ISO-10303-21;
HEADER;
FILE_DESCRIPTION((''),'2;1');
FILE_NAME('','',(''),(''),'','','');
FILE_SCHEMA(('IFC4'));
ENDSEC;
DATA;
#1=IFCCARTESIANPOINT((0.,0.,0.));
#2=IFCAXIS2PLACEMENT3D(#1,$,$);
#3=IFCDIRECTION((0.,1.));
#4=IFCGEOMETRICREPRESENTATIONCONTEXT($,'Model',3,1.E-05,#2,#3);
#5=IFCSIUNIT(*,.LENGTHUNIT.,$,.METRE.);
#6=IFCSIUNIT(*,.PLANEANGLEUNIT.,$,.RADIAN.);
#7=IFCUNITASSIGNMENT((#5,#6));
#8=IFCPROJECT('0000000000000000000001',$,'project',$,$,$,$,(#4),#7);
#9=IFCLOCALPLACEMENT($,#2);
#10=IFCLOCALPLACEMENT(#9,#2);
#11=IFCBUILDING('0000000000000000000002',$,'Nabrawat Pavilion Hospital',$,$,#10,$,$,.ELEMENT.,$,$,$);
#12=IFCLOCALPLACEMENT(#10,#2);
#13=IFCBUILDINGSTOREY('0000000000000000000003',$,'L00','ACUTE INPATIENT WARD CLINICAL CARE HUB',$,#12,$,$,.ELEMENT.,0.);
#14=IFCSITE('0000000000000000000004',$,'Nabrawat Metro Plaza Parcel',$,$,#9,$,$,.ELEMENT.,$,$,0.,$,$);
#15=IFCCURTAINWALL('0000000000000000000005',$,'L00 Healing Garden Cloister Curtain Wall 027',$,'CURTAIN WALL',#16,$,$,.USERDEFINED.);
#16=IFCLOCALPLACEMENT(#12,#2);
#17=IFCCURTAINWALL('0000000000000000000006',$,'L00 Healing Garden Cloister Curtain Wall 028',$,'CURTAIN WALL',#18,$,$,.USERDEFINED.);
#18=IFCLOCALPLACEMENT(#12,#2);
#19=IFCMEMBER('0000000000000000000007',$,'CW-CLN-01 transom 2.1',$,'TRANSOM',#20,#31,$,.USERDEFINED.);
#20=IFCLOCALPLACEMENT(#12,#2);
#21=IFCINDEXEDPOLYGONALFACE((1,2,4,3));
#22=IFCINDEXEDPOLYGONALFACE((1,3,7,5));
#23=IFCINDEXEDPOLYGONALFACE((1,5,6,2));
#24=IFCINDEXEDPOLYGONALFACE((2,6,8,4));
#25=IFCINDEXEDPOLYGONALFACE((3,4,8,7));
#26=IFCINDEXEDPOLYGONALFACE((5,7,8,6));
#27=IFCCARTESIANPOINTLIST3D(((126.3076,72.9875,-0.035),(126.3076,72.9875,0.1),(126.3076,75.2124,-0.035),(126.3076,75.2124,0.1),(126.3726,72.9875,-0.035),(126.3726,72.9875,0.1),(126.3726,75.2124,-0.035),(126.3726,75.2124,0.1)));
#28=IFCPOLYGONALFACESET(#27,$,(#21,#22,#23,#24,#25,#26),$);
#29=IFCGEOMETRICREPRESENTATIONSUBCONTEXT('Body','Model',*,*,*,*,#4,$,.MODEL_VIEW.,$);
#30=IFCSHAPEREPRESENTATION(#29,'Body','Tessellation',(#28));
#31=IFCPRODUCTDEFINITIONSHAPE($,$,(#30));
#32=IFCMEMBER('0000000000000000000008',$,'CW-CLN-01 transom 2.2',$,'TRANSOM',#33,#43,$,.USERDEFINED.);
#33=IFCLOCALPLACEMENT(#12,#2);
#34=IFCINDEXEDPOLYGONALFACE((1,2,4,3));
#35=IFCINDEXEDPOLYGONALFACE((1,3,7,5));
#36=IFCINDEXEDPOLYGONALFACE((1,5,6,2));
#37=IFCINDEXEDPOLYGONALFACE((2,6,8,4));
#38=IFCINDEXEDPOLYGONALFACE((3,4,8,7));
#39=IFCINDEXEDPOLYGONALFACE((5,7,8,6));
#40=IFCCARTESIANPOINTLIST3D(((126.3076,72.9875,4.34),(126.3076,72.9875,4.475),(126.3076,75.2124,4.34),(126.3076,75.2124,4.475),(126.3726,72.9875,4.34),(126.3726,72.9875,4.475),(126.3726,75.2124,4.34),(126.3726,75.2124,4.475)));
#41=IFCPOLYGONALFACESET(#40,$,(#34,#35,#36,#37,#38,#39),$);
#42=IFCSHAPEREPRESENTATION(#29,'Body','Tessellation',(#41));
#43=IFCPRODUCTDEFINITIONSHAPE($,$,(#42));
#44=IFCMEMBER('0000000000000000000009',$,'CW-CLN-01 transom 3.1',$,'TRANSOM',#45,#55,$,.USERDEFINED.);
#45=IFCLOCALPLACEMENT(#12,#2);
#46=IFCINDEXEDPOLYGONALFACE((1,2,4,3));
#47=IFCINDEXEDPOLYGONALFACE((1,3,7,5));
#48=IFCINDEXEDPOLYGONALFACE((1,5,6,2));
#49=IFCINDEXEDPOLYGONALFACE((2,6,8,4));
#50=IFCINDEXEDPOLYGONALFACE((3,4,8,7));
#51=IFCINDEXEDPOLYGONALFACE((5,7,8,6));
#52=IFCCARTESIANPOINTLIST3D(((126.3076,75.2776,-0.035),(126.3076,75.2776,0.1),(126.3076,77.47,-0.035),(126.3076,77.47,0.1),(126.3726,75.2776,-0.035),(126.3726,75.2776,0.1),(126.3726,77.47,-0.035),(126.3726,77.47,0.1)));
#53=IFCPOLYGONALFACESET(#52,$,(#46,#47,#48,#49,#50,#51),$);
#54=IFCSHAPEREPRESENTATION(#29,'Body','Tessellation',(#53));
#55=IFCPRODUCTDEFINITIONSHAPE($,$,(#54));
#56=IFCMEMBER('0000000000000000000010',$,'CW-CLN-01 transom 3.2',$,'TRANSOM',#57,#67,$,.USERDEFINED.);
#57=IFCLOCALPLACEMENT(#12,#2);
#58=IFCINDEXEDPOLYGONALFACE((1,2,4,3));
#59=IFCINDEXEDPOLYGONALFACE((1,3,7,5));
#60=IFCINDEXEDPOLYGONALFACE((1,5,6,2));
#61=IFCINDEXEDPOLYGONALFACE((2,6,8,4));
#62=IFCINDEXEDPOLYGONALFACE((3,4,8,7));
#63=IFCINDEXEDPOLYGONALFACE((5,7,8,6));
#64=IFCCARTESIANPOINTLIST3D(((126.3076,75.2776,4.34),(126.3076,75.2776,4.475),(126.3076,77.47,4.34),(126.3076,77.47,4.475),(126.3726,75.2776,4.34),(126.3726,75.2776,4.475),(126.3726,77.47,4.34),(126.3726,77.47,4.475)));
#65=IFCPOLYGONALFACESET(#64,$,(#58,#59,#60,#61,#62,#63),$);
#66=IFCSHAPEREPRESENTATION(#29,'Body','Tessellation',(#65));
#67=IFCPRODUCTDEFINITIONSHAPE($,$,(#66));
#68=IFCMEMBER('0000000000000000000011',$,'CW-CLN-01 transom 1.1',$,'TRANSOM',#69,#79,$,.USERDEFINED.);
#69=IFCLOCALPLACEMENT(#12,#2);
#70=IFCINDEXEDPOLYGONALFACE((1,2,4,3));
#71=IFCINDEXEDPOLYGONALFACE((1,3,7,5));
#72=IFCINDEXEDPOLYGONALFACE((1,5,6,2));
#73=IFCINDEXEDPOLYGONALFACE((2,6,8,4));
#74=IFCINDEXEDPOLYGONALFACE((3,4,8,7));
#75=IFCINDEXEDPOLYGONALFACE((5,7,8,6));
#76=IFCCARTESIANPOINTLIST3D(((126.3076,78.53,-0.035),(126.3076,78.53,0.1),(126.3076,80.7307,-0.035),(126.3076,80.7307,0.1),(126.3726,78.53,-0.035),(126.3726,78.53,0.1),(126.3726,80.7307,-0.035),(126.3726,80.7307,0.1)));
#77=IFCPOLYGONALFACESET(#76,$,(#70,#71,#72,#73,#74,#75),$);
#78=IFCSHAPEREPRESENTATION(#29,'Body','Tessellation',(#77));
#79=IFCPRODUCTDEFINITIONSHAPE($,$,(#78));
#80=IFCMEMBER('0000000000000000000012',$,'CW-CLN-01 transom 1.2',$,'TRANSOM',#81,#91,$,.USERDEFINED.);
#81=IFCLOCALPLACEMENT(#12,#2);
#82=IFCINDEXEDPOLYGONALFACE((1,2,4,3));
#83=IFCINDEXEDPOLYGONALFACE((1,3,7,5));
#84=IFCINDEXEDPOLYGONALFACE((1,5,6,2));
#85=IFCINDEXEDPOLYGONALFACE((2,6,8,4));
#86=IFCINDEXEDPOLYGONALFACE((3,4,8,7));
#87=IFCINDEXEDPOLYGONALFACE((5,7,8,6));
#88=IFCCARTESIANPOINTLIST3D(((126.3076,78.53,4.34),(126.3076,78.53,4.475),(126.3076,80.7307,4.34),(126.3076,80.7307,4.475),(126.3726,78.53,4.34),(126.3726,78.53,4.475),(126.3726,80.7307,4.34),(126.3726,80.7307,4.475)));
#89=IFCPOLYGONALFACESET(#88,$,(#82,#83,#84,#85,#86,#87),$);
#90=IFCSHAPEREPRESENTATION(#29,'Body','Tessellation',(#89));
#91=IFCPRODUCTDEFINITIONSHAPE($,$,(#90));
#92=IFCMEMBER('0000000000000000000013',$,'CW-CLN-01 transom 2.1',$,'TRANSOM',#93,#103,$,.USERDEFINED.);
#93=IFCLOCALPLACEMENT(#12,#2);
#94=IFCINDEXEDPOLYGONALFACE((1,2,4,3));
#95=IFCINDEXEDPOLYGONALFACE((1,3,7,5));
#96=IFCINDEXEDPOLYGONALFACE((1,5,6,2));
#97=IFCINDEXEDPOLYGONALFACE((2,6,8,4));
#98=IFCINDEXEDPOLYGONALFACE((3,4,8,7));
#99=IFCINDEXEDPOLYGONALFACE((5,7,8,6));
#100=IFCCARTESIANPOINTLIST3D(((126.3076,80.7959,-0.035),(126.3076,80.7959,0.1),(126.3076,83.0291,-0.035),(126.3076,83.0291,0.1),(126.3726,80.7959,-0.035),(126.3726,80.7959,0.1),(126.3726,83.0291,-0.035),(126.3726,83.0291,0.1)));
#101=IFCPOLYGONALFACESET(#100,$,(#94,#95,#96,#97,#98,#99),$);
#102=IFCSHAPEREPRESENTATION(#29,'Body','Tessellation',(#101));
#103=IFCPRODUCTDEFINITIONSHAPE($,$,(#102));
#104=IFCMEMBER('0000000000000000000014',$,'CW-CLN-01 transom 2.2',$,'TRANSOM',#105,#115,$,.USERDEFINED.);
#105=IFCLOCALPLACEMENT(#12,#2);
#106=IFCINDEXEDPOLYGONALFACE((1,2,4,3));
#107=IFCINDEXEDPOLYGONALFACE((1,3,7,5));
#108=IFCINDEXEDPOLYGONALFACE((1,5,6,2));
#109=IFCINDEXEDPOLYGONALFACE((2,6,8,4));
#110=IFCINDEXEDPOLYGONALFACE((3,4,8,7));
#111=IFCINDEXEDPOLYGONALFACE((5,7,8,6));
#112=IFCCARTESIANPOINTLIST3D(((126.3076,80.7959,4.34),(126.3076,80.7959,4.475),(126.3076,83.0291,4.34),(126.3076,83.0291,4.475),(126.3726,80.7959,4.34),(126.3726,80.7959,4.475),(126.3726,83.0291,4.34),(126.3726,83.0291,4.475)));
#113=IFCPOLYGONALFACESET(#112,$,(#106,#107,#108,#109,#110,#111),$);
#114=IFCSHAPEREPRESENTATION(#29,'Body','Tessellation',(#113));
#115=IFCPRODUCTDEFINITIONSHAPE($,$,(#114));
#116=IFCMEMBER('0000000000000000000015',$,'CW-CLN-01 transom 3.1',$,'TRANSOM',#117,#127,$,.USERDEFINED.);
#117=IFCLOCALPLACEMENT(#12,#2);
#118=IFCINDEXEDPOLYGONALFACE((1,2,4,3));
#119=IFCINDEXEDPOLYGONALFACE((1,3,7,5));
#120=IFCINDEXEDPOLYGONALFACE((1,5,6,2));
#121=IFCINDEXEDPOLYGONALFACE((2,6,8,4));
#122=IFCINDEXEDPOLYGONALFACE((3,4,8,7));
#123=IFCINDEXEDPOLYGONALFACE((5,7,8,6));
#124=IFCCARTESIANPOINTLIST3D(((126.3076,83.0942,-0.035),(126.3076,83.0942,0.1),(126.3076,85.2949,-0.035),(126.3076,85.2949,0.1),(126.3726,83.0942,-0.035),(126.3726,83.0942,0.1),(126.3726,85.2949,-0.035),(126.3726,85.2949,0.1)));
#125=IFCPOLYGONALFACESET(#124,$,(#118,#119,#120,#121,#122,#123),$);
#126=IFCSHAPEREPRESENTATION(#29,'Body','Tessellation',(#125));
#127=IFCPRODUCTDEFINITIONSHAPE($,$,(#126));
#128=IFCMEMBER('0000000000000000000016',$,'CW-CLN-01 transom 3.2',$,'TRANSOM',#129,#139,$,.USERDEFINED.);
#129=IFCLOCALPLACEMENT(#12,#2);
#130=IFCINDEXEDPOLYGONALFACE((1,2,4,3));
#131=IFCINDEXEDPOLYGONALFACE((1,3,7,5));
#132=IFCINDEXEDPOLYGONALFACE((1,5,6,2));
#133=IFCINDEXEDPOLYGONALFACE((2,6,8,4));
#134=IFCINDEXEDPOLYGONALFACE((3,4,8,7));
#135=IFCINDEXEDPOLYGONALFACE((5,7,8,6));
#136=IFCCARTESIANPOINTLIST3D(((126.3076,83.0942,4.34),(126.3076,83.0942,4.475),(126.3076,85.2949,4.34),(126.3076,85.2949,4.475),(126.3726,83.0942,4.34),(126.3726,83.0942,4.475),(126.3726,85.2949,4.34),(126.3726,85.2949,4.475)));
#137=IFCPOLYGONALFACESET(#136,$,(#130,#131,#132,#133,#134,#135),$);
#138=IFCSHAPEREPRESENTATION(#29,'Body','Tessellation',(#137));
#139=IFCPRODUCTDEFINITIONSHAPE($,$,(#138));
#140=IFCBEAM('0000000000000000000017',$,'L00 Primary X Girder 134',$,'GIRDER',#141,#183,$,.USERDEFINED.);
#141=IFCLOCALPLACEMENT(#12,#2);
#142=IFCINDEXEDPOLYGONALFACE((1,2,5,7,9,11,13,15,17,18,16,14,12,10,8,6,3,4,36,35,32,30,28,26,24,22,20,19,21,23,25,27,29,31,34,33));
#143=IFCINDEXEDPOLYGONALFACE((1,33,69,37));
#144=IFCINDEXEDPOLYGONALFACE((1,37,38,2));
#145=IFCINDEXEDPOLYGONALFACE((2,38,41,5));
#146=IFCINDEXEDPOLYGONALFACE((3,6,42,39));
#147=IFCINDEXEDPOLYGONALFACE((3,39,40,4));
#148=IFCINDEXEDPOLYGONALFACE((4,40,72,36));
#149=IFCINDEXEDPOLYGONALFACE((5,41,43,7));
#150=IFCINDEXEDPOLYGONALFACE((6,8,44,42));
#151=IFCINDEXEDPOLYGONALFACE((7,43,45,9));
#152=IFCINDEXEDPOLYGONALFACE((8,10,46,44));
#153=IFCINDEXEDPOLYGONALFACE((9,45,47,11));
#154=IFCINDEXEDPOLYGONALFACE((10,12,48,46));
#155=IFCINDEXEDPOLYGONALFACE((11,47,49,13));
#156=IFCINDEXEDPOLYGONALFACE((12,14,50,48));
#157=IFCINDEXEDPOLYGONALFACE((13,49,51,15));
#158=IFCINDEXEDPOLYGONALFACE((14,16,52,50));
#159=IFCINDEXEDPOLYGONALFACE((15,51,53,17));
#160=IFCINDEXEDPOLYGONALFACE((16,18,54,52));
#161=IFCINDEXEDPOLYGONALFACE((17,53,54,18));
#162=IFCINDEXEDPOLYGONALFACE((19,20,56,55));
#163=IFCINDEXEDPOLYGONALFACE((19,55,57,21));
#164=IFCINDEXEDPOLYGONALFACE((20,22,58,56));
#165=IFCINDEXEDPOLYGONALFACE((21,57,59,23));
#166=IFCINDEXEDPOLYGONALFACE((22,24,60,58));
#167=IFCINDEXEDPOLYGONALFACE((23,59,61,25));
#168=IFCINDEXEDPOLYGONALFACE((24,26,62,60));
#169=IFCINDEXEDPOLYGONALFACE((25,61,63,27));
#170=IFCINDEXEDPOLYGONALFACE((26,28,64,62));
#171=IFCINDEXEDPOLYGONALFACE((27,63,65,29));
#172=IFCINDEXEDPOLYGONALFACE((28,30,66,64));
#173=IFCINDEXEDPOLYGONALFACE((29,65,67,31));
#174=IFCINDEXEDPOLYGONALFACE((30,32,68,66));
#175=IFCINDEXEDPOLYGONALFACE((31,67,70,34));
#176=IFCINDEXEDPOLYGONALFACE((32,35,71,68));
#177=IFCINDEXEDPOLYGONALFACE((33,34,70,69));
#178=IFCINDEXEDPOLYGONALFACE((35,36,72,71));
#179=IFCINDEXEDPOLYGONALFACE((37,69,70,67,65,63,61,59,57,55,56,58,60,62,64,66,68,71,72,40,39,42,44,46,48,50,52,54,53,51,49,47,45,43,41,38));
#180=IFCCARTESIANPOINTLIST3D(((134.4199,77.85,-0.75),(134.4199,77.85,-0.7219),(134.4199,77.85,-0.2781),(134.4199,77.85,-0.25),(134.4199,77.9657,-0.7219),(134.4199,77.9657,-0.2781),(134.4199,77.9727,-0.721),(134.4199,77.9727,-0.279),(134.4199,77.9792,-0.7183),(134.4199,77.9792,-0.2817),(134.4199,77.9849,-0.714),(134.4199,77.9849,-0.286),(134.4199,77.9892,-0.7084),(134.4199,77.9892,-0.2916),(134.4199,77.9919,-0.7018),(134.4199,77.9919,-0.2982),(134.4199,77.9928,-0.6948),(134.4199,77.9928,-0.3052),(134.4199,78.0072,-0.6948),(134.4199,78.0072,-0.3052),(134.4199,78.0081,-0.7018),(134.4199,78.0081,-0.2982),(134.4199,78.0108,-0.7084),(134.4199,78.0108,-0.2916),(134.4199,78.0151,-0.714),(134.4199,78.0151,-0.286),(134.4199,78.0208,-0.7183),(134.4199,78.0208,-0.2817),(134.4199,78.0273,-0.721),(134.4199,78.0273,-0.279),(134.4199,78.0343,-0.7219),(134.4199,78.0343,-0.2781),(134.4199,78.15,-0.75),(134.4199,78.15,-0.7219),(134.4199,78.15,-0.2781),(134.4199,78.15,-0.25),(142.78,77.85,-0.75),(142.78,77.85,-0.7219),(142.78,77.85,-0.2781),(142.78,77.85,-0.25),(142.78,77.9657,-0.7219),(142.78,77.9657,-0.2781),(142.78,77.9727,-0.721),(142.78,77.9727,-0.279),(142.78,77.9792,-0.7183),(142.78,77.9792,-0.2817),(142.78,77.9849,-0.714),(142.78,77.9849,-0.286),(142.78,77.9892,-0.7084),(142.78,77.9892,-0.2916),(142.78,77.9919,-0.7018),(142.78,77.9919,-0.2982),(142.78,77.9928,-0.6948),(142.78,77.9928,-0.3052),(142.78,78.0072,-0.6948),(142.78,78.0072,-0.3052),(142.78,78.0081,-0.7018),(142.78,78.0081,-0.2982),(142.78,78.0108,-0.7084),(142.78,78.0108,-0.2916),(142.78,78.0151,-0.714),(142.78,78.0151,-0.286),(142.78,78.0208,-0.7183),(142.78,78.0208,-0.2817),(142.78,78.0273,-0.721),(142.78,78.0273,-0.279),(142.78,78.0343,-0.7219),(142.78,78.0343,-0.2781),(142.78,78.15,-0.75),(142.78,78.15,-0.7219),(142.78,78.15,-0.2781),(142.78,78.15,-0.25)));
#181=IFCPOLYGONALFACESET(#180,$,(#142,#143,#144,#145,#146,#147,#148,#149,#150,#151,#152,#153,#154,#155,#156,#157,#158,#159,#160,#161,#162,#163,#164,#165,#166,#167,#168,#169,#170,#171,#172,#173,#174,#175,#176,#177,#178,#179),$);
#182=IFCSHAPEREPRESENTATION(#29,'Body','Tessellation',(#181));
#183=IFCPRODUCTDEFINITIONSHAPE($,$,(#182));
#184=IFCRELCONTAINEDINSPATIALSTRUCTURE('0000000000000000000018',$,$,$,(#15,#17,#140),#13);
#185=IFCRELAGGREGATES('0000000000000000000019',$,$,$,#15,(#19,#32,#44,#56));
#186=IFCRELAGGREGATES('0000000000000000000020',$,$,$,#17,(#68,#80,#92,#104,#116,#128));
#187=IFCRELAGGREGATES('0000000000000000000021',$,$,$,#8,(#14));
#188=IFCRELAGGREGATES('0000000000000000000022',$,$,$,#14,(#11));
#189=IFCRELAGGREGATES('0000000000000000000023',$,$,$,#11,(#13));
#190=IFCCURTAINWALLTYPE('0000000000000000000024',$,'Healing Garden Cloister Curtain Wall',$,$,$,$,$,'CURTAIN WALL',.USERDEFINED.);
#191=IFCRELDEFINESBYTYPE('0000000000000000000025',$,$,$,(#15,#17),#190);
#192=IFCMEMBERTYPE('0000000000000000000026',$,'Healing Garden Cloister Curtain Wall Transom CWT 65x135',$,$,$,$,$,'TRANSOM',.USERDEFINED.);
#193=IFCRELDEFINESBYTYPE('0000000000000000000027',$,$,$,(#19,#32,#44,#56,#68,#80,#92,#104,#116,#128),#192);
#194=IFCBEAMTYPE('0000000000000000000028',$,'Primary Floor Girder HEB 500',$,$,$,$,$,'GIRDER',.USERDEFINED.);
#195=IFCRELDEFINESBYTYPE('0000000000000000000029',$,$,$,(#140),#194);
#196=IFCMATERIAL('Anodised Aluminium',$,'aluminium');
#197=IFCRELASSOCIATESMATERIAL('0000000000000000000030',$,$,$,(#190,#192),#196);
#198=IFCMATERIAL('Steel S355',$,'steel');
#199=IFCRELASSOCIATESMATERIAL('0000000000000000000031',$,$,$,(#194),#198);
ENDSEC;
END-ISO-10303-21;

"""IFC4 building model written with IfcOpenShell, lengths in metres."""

from ifc_helpers import new_model, si_unit, direction, frame, origin, origin_2d, place, context, subcontext, project, spatial, rectangle, i_section, extrude, material, material_profile, profile_set, type_object, element, aggregate, save


model = new_model("IFC4")

# Units and contexts
model_context = context("Model", 3, precision=1e-05, world=origin(), true_north=direction((0.0, 1.0)))
body_context = subcontext(model_context, "Body", "Model", "MODEL_VIEW")
ifc_project = project(units=[si_unit("LENGTHUNIT", "METRE"), si_unit("PLANEANGLEUNIT", "RADIAN")], contexts=[model_context])

# Site, building, storey
site_placement = place(None, origin())
site = spatial("IfcSite", under=ifc_project, at=site_placement, Name="Nabrawat Metro Plaza Parcel", CompositionType="ELEMENT", RefElevation=0.0)
building_placement = place(site_placement, origin())
building = spatial("IfcBuilding", under=site, at=building_placement, Name="Nabrawat Pavilion Hospital", CompositionType="ELEMENT")
storey_placement = place(building_placement, origin())
storey = spatial("IfcBuildingStorey", under=building, at=storey_placement, Name="L00", Description="ACUTE INPATIENT WARD CLINICAL CARE HUB", CompositionType="ELEMENT", Elevation=0.0)

# Shared definitions
ifc_material_1 = material(Name="Steel S355", Category="steel")

# Curtain walls
ifc_material_2 = material(Name="Anodised Aluminium", Category="aluminium")
curtain_wall_type = type_object("IfcCurtainWallType", Name="Healing Garden Cloister Curtain Wall", ElementType="CURTAIN WALL", PredefinedType="USERDEFINED", material=ifc_material_2)
curtain_wall_1_placement = place(storey_placement, origin())
curtain_wall_1 = element("IfcCurtainWall", 1, at=curtain_wall_1_placement, inside=storey, type_object=curtain_wall_type, Name="L00 Healing Garden Cloister Curtain Wall 027", ObjectType="CURTAIN WALL", PredefinedType="USERDEFINED")
curtain_wall_2_placement = place(storey_placement, origin())
curtain_wall_2 = element("IfcCurtainWall", 2, at=curtain_wall_2_placement, inside=storey, type_object=curtain_wall_type, Name="L00 Healing Garden Cloister Curtain Wall 028", ObjectType="CURTAIN WALL", PredefinedType="USERDEFINED")

# Members
ifc_material_profile_1 = material_profile(ifc_material_2, rectangle(XDim=0.0649, YDim=0.135, at=origin_2d()), Name="CWT 65x135")
ifc_profile_set_1 = profile_set([ifc_material_profile_1], Name="Anodised Aluminium")
member_type_1 = type_object("IfcMemberType", Name="Healing Garden Cloister Curtain Wall Transom CWT 65x135", ElementType="TRANSOM", PredefinedType="USERDEFINED", material=ifc_profile_set_1)
member_1_placement = place(storey_placement, frame((126.3401, 72.9875, 0.0325), z_axis=(0.0, 1.0, 0.0), x_axis=(-1.0, 0.0, 0.0)))
member_1 = element("IfcMember", 3, at=member_1_placement, type_object=member_type_1, Name="CW-CLN-01 transom 2.1", ObjectType="TRANSOM", PredefinedType="USERDEFINED", context=body_context, shape_type="SweptSolid", body=[
    extrude(rectangle(XDim=0.0649, YDim=0.135, at=origin_2d()), origin(), (0.0, 0.0, 1.0), 2.2249),
])
member_2_placement = place(storey_placement, frame((126.3401, 72.9875, 4.4075), z_axis=(0.0, 1.0, 0.0), x_axis=(-1.0, 0.0, 0.0)))
member_2 = element("IfcMember", 4, at=member_2_placement, type_object=member_type_1, Name="CW-CLN-01 transom 2.2", ObjectType="TRANSOM", PredefinedType="USERDEFINED", context=body_context, shape_type="SweptSolid", body=[
    extrude(rectangle(XDim=0.0649, YDim=0.135, at=origin_2d()), origin(), (0.0, 0.0, 1.0), 2.2249),
])
member_3_placement = place(storey_placement, frame((126.3401, 75.2776, 0.0325), z_axis=(0.0, 1.0, 0.0), x_axis=(-1.0, 0.0, 0.0)))
member_3 = element("IfcMember", 5, at=member_3_placement, type_object=member_type_1, Name="CW-CLN-01 transom 3.1", ObjectType="TRANSOM", PredefinedType="USERDEFINED", context=body_context, shape_type="SweptSolid", body=[
    extrude(rectangle(XDim=0.0649, YDim=0.135, at=origin_2d()), origin(), (0.0, 0.0, 1.0), 2.1924),
])
member_4_placement = place(storey_placement, frame((126.3401, 75.2776, 4.4075), z_axis=(0.0, 1.0, 0.0), x_axis=(-1.0, 0.0, 0.0)))
member_4 = element("IfcMember", 6, at=member_4_placement, type_object=member_type_1, Name="CW-CLN-01 transom 3.2", ObjectType="TRANSOM", PredefinedType="USERDEFINED", context=body_context, shape_type="SweptSolid", body=[
    extrude(rectangle(XDim=0.0649, YDim=0.135, at=origin_2d()), origin(), (0.0, 0.0, 1.0), 2.1924),
])
member_5_placement = place(storey_placement, frame((126.3401, 78.53, 0.0325), z_axis=(0.0, 1.0, 0.0), x_axis=(-1.0, 0.0, 0.0)))
member_5 = element("IfcMember", 7, at=member_5_placement, type_object=member_type_1, Name="CW-CLN-01 transom 1.1", ObjectType="TRANSOM", PredefinedType="USERDEFINED", context=body_context, shape_type="SweptSolid", body=[
    extrude(rectangle(XDim=0.0649, YDim=0.135, at=origin_2d()), origin(), (0.0, 0.0, 1.0), 2.2007),
])
member_6_placement = place(storey_placement, frame((126.3401, 78.53, 4.4075), z_axis=(0.0, 1.0, 0.0), x_axis=(-1.0, 0.0, 0.0)))
member_6 = element("IfcMember", 8, at=member_6_placement, type_object=member_type_1, Name="CW-CLN-01 transom 1.2", ObjectType="TRANSOM", PredefinedType="USERDEFINED", context=body_context, shape_type="SweptSolid", body=[
    extrude(rectangle(XDim=0.0649, YDim=0.135, at=origin_2d()), origin(), (0.0, 0.0, 1.0), 2.2007),
])
member_7_placement = place(storey_placement, frame((126.3401, 80.7959, 0.0325), z_axis=(0.0, 1.0, 0.0), x_axis=(-1.0, 0.0, 0.0)))
member_7 = element("IfcMember", 9, at=member_7_placement, type_object=member_type_1, Name="CW-CLN-01 transom 2.1", ObjectType="TRANSOM", PredefinedType="USERDEFINED", context=body_context, shape_type="SweptSolid", body=[
    extrude(rectangle(XDim=0.0649, YDim=0.135, at=origin_2d()), origin(), (0.0, 0.0, 1.0), 2.2332),
])
member_8_placement = place(storey_placement, frame((126.3401, 80.7959, 4.4075), z_axis=(0.0, 1.0, 0.0), x_axis=(-1.0, 0.0, 0.0)))
member_8 = element("IfcMember", 10, at=member_8_placement, type_object=member_type_1, Name="CW-CLN-01 transom 2.2", ObjectType="TRANSOM", PredefinedType="USERDEFINED", context=body_context, shape_type="SweptSolid", body=[
    extrude(rectangle(XDim=0.0649, YDim=0.135, at=origin_2d()), origin(), (0.0, 0.0, 1.0), 2.2332),
])
member_9_placement = place(storey_placement, frame((126.3401, 83.0942, 0.0325), z_axis=(0.0, 1.0, 0.0), x_axis=(-1.0, 0.0, 0.0)))
member_9 = element("IfcMember", 11, at=member_9_placement, type_object=member_type_1, Name="CW-CLN-01 transom 3.1", ObjectType="TRANSOM", PredefinedType="USERDEFINED", context=body_context, shape_type="SweptSolid", body=[
    extrude(rectangle(XDim=0.0649, YDim=0.135, at=origin_2d()), origin(), (0.0, 0.0, 1.0), 2.2007),
])
member_10_placement = place(storey_placement, frame((126.3401, 83.0942, 4.4075), z_axis=(0.0, 1.0, 0.0), x_axis=(-1.0, 0.0, 0.0)))
member_10 = element("IfcMember", 12, at=member_10_placement, type_object=member_type_1, Name="CW-CLN-01 transom 3.2", ObjectType="TRANSOM", PredefinedType="USERDEFINED", context=body_context, shape_type="SweptSolid", body=[
    extrude(rectangle(XDim=0.0649, YDim=0.135, at=origin_2d()), origin(), (0.0, 0.0, 1.0), 2.2007),
])

# Beam
ifc_material_profile_2 = material_profile(ifc_material_1, i_section(OverallWidth=0.3, OverallDepth=0.5, WebThickness=0.0144, FlangeThickness=0.0281, FilletRadius=0.0271, at=origin_2d()), Name="HEB 500")
ifc_profile_set_2 = profile_set([ifc_material_profile_2], Name="Steel S355")
beam_type_1 = type_object("IfcBeamType", Name="Primary Floor Girder HEB 500", ElementType="GIRDER", PredefinedType="USERDEFINED", material=ifc_profile_set_2)
beam_1_placement = place(storey_placement, frame((134.4199, 78.0, -0.5), z_axis=(1.0, 0.0, 0.0), x_axis=(0.0, 1.0, 0.0)))
element("IfcBeam", 13, at=beam_1_placement, inside=storey, type_object=beam_type_1, Name="L00 Primary X Girder 134", ObjectType="GIRDER", PredefinedType="USERDEFINED", context=body_context, shape_type="SweptSolid", body=[
    extrude(i_section(OverallWidth=0.3, OverallDepth=0.5, WebThickness=0.0144, FlangeThickness=0.0281, FilletRadius=0.0271, at=origin_2d()), origin(), (0.0, 0.0, 1.0), 8.3601),
])

aggregate(curtain_wall_1, [member_1, member_2, member_3, member_4])
aggregate(curtain_wall_2, [member_5, member_6, member_7, member_8, member_9, member_10])

save(model, "model.ifc")
